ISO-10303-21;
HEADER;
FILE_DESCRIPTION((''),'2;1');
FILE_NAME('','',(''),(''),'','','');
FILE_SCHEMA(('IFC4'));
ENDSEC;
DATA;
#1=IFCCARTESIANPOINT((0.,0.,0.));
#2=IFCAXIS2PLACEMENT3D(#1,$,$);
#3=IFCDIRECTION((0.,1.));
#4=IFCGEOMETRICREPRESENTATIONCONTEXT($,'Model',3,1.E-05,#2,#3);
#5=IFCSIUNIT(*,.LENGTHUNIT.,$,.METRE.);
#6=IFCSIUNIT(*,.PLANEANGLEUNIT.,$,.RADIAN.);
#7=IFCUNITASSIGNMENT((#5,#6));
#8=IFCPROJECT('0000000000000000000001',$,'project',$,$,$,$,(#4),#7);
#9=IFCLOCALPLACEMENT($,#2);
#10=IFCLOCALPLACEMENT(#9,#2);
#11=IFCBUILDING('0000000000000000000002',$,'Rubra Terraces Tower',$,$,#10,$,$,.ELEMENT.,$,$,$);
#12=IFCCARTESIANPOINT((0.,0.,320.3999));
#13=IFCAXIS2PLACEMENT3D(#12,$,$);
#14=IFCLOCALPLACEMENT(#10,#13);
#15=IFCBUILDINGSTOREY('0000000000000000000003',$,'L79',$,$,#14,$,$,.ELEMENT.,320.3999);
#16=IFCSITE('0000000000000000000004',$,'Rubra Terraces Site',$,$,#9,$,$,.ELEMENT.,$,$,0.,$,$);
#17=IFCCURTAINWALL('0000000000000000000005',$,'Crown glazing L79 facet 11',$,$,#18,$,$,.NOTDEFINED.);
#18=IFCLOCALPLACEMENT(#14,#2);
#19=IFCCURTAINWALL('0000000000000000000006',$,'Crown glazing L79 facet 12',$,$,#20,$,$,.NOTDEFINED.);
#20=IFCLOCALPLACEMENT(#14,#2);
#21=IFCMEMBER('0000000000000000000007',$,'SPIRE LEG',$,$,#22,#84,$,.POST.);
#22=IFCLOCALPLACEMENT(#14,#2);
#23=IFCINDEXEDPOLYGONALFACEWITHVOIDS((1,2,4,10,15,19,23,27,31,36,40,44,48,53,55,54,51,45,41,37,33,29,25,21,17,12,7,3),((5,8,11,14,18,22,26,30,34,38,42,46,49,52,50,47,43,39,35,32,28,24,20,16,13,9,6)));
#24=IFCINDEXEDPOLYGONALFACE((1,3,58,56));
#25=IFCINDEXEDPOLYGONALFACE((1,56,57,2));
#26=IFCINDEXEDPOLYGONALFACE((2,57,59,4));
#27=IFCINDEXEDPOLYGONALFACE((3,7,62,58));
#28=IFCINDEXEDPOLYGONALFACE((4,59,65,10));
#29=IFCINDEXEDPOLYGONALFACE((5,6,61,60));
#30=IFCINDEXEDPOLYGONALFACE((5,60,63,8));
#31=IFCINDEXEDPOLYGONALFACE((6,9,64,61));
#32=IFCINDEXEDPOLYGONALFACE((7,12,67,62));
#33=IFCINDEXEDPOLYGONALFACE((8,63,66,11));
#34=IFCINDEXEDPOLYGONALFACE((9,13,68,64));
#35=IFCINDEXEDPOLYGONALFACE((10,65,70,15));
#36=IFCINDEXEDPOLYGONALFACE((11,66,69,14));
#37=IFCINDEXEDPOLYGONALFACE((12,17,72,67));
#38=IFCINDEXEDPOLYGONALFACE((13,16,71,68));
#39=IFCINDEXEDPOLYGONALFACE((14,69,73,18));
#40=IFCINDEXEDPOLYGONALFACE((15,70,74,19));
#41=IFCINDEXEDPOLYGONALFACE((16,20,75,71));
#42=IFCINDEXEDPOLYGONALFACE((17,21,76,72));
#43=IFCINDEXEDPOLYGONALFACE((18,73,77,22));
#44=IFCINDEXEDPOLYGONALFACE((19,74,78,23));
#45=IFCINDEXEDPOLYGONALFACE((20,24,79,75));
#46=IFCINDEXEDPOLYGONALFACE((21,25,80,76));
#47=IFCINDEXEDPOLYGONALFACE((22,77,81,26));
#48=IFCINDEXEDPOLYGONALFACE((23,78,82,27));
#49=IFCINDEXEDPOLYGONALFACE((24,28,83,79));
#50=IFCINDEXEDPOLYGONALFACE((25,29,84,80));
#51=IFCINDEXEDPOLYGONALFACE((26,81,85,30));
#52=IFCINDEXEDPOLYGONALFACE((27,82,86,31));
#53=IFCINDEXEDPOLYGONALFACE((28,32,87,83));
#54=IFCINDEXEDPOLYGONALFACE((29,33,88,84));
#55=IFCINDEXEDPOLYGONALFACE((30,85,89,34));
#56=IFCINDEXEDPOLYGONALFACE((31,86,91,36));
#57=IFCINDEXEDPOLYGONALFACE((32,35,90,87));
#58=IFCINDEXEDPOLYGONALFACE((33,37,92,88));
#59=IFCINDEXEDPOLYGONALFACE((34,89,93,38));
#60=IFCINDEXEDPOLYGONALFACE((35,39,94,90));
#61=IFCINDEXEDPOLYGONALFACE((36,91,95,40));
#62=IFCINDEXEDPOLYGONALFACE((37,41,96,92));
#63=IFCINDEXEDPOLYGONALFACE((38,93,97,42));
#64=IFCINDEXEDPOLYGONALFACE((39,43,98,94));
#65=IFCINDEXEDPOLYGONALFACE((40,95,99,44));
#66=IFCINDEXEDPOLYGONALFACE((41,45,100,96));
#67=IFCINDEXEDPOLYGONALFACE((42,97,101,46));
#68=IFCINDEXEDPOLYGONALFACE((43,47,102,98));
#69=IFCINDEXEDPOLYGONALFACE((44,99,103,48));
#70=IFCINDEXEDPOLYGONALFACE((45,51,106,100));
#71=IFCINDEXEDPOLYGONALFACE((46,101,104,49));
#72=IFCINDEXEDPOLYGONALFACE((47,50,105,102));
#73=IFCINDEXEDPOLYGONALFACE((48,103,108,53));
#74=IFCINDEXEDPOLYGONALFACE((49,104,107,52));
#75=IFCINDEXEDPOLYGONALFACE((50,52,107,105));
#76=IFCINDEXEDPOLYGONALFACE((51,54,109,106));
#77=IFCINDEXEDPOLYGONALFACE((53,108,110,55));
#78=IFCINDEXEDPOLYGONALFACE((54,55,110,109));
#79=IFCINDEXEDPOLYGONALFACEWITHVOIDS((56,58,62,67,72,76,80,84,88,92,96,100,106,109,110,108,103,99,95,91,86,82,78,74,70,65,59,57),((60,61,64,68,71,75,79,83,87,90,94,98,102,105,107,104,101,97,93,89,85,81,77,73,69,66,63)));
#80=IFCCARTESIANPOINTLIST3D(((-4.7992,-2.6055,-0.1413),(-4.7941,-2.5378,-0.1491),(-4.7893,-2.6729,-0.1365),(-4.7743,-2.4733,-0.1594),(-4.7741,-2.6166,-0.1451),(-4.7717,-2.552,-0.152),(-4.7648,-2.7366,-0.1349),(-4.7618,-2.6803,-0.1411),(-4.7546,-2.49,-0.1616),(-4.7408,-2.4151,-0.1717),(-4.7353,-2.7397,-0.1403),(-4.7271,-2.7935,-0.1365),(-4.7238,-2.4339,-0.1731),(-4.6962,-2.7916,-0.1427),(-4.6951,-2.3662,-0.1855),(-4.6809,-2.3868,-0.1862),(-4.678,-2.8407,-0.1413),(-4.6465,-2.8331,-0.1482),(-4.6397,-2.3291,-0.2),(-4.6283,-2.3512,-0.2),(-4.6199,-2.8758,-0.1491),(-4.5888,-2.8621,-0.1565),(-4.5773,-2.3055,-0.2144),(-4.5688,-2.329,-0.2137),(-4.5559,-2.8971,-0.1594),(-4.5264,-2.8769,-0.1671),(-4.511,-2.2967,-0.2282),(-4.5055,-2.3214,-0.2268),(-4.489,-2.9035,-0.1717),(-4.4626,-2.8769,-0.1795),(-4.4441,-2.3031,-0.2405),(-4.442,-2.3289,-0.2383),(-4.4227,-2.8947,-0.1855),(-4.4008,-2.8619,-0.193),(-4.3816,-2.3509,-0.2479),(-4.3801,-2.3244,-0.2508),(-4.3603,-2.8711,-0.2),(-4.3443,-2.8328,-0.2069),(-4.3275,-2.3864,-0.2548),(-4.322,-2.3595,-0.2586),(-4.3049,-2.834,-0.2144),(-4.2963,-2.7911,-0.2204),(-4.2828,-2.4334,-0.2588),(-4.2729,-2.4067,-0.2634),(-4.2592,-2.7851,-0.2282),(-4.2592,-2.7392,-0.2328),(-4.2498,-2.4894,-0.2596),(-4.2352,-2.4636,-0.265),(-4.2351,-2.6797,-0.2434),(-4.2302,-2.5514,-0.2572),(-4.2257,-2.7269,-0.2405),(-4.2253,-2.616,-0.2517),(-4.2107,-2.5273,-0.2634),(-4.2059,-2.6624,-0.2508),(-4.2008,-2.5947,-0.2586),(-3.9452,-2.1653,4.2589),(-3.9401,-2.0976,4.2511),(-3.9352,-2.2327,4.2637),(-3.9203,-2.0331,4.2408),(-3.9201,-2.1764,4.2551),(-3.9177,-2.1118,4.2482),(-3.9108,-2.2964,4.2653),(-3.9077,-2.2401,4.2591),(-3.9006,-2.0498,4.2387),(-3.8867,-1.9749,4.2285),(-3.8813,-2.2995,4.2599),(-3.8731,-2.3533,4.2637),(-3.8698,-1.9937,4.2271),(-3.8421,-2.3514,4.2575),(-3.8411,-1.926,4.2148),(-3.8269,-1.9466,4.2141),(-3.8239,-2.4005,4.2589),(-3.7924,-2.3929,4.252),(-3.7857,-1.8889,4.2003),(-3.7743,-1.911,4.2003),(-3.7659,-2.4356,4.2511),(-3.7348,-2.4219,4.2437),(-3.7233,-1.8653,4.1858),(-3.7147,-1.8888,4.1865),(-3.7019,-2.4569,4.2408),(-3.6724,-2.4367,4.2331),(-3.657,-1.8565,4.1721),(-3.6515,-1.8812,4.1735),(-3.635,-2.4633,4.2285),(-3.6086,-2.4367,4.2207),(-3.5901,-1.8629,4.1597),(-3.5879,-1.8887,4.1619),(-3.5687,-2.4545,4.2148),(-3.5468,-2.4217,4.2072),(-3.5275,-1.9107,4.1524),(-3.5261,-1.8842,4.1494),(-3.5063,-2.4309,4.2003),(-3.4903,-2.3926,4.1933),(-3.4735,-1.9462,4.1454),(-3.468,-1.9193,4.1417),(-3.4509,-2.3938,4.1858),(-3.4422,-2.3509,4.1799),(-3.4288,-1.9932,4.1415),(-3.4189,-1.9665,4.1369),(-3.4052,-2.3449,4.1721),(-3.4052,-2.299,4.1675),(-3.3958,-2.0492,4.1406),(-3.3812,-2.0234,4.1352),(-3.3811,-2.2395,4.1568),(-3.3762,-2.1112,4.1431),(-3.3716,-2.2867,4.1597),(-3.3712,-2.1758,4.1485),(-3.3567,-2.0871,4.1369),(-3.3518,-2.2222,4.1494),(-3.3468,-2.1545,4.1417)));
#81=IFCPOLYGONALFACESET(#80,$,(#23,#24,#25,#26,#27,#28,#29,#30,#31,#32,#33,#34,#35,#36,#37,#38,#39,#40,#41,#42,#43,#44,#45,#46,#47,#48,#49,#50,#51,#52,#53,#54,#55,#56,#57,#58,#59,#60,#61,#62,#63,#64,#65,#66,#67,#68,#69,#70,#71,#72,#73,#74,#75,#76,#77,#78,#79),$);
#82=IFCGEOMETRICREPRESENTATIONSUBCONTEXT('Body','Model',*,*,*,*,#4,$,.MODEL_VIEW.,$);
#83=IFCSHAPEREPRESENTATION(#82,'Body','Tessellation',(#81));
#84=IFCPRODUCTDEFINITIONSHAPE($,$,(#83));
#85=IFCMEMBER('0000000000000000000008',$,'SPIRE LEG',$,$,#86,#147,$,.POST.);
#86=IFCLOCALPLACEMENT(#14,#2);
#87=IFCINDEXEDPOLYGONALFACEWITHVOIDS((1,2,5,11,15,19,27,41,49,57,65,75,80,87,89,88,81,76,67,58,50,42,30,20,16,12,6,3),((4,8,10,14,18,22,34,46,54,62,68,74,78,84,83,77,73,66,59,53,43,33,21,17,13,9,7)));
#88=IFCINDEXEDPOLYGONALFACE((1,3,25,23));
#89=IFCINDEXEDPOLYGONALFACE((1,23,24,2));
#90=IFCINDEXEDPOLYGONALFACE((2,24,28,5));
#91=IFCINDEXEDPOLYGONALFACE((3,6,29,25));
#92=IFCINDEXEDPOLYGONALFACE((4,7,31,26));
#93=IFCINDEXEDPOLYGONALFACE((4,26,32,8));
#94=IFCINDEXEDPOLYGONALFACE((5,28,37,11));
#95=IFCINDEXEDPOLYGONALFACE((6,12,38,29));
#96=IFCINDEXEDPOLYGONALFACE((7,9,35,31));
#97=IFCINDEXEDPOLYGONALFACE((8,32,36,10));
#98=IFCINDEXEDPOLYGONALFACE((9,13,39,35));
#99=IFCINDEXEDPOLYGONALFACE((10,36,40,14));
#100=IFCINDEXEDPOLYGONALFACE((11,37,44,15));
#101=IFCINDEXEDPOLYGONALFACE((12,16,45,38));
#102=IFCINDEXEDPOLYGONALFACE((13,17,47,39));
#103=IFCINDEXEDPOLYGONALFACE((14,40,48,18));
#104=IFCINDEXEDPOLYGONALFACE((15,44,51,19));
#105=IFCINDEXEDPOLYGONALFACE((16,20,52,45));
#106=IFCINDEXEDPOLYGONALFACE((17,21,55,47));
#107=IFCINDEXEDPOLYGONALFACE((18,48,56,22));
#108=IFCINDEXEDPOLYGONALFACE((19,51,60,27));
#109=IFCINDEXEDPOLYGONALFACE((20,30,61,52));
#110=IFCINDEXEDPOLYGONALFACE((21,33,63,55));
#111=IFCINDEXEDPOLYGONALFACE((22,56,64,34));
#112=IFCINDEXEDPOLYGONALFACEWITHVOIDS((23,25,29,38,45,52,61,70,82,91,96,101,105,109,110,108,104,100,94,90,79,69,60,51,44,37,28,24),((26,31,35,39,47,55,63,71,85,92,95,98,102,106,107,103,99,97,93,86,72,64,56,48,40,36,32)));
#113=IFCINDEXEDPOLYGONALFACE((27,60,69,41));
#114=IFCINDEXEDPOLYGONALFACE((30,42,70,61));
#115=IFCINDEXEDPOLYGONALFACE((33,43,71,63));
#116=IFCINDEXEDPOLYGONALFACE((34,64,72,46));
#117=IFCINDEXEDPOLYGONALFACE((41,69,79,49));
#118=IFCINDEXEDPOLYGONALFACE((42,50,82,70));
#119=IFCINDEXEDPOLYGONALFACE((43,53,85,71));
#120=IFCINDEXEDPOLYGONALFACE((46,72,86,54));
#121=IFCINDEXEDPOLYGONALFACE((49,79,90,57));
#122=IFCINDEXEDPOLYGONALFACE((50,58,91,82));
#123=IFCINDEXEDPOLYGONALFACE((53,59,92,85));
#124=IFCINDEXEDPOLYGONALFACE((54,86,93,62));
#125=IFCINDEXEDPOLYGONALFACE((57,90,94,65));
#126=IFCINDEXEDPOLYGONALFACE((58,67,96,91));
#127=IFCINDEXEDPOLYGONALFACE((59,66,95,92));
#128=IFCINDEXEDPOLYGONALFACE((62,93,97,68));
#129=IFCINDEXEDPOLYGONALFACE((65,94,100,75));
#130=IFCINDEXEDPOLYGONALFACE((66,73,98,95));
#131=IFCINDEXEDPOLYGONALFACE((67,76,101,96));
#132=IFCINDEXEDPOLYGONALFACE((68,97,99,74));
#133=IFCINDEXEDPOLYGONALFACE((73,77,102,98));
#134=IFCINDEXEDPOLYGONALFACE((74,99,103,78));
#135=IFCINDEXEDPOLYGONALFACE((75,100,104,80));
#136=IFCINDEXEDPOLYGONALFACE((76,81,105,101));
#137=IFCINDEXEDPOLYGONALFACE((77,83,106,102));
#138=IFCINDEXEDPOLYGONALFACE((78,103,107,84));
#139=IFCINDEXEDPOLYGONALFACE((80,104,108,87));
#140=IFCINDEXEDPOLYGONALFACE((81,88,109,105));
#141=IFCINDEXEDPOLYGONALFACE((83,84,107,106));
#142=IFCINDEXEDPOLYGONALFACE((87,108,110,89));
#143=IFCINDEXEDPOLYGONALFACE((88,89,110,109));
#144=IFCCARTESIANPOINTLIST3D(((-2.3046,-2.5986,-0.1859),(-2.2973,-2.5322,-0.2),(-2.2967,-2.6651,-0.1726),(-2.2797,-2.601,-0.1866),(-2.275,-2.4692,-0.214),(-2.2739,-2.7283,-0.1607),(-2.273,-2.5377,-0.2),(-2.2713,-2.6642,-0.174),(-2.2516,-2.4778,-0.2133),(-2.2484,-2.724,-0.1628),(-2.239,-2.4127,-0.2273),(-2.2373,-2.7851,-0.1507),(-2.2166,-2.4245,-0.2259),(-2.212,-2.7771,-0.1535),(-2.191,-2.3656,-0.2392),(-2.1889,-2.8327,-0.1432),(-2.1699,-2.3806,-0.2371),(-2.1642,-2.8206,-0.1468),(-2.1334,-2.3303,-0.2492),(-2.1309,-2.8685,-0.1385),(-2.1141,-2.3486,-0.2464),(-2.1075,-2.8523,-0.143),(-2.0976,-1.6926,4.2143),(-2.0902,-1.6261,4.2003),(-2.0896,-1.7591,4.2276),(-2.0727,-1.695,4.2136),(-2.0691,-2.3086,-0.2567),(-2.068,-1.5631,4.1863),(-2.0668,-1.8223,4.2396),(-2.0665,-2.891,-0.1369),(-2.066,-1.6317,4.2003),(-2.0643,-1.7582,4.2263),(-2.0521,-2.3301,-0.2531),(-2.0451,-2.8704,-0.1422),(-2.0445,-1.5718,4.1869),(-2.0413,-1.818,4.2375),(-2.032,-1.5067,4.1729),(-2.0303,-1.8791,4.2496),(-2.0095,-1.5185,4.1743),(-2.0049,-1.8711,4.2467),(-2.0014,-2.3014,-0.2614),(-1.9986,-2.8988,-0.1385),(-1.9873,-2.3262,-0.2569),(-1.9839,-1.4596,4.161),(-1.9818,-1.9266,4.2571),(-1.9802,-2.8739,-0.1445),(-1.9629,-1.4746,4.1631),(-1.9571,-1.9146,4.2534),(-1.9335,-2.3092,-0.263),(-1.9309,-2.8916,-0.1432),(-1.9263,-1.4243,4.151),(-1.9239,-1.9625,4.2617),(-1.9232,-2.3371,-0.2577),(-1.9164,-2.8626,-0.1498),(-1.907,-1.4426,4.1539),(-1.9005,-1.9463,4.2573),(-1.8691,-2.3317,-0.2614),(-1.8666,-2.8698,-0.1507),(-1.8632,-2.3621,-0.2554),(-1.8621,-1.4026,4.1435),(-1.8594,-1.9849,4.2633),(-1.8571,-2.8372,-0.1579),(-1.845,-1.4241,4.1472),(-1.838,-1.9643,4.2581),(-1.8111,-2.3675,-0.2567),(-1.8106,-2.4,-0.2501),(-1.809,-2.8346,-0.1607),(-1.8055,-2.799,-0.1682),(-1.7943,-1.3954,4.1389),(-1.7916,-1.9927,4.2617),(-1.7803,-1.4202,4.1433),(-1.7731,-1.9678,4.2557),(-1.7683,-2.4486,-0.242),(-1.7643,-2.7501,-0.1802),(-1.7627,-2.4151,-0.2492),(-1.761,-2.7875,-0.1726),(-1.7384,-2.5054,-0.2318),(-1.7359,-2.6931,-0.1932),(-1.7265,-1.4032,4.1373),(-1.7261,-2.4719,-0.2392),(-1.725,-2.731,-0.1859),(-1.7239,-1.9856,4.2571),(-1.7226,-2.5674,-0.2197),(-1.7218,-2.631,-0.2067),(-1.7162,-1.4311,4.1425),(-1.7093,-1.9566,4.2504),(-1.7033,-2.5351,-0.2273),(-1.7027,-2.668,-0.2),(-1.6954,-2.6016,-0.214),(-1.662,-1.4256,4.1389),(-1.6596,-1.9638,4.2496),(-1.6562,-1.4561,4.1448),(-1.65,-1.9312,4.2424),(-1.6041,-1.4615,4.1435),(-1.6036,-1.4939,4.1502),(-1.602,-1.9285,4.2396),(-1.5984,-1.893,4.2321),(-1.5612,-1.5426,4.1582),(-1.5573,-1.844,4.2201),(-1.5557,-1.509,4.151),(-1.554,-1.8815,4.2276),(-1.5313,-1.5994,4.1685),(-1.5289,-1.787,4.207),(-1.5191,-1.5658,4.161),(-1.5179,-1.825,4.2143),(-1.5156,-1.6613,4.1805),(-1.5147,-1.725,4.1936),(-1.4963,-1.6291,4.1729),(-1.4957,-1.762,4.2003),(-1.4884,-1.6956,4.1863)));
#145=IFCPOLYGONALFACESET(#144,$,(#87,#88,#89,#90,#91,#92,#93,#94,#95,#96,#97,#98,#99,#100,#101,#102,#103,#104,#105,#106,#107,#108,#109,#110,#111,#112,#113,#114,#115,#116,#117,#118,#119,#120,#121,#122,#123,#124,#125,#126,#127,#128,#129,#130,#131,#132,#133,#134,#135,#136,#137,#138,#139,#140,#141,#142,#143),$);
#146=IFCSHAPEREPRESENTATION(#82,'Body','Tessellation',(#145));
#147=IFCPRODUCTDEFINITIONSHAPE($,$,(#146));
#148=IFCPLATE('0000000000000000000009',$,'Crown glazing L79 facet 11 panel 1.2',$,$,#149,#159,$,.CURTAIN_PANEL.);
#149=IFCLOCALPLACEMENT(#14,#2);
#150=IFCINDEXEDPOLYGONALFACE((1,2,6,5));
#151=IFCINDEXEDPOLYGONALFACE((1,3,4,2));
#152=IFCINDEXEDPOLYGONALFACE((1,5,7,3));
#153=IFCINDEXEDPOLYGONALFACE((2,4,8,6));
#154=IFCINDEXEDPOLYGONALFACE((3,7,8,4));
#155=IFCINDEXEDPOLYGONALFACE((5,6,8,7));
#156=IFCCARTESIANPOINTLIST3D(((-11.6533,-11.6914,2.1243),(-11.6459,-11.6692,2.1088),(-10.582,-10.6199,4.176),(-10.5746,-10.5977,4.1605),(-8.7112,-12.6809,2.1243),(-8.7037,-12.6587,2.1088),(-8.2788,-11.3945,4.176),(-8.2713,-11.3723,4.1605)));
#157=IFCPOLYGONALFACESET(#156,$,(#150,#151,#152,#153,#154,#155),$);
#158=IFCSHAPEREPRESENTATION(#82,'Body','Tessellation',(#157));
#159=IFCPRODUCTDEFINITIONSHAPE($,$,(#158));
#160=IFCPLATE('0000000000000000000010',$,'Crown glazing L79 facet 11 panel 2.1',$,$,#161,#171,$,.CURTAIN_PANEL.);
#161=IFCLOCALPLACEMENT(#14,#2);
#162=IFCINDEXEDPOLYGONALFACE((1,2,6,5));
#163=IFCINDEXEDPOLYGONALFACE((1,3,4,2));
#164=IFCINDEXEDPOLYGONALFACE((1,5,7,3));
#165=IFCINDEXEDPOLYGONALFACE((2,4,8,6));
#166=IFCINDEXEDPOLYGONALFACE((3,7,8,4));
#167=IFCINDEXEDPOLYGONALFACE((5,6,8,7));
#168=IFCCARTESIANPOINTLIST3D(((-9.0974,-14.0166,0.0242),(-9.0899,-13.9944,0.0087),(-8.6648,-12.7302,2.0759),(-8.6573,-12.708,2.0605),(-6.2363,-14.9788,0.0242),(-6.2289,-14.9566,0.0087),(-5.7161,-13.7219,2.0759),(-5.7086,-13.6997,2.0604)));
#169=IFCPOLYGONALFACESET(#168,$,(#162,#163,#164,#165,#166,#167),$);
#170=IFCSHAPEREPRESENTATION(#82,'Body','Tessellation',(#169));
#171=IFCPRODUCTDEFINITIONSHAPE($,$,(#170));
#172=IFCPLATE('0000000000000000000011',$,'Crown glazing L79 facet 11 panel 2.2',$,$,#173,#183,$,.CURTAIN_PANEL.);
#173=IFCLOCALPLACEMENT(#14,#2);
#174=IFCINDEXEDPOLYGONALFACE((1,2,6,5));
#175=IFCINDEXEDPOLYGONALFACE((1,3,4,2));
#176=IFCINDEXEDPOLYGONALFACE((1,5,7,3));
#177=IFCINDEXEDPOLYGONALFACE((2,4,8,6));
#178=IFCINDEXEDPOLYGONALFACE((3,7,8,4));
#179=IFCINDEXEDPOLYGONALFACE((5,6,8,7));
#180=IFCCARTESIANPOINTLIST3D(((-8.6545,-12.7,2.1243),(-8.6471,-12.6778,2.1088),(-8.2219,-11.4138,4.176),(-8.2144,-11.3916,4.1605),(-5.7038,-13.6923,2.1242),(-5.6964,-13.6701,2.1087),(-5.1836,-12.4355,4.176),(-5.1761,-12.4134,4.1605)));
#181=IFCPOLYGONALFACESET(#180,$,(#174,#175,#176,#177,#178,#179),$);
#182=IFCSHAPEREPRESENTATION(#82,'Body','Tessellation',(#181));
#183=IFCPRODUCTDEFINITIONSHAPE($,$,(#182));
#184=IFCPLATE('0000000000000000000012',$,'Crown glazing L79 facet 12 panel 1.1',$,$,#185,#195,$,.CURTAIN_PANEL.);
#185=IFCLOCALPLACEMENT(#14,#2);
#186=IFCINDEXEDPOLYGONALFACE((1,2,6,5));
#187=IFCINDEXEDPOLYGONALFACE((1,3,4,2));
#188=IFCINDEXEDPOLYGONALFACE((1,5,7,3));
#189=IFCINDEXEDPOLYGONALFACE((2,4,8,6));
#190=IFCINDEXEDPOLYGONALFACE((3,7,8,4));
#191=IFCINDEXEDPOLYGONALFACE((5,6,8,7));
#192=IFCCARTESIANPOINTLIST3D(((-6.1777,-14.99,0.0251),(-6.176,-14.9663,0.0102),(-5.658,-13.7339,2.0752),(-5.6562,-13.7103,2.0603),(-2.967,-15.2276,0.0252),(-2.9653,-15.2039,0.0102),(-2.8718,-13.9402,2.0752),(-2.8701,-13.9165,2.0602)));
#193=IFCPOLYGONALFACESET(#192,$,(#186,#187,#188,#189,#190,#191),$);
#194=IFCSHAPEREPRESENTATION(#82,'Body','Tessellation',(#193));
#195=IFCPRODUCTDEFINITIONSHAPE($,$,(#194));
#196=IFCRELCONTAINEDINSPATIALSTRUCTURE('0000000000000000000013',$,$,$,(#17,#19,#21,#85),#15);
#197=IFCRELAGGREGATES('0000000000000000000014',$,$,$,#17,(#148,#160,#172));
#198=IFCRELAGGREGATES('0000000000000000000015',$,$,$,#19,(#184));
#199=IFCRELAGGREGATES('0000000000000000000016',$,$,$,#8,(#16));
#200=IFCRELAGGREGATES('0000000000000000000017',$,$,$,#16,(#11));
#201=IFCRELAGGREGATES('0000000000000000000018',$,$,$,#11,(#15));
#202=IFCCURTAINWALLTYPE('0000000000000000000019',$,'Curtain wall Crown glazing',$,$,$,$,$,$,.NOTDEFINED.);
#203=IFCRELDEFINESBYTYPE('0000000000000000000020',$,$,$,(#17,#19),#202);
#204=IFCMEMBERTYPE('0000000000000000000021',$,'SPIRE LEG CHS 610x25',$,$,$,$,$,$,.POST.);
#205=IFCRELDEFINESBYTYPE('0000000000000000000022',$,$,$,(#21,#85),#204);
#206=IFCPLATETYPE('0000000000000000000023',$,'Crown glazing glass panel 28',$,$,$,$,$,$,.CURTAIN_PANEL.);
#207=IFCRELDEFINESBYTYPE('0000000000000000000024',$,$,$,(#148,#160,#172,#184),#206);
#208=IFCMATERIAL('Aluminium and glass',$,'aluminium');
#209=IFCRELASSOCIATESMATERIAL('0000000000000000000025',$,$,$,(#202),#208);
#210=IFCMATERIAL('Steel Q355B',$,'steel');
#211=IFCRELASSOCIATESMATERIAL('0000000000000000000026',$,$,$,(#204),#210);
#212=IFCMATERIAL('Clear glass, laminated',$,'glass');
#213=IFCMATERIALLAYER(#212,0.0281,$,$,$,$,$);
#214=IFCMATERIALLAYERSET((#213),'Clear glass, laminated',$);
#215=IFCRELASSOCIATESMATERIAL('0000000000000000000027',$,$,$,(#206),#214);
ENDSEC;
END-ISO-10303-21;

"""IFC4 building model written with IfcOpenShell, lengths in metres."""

from ifc_helpers import new_model, si_unit, direction, frame, origin, origin_2d, place, context, subcontext, project, spatial, polyline, hollow_circle, outline, extrude, material, layer, layer_set, material_profile, profile_set, type_object, element, aggregate, save


model = new_model("IFC4")

# Units and contexts
model_context = context("Model", 3, precision=1e-05, world=origin(), true_north=direction((0.0, 1.0)))
body_context = subcontext(model_context, "Body", "Model", "MODEL_VIEW")
ifc_project = project(units=[si_unit("LENGTHUNIT", "METRE"), si_unit("PLANEANGLEUNIT", "RADIAN")], contexts=[model_context])

# Site, building, storey
site_placement = place(None, origin())
site = spatial("IfcSite", under=ifc_project, at=site_placement, Name="Rubra Terraces Site", CompositionType="ELEMENT", RefElevation=0.0)
building_placement = place(site_placement, origin())
building = spatial("IfcBuilding", under=site, at=building_placement, Name="Rubra Terraces Tower", CompositionType="ELEMENT")
storey_placement = place(building_placement, frame((0.0, 0.0, 320.3999)))
storey = spatial("IfcBuildingStorey", under=building, at=storey_placement, Name="L79", CompositionType="ELEMENT", Elevation=320.3999)

# Shared definitions
ifc_material_1 = material(Name="Steel Q355B", Category="steel")

# Curtain wall
ifc_material_2 = material(Name="Aluminium and glass", Category="aluminium")
curtain_wall_type = type_object("IfcCurtainWallType", Name="Curtain wall Crown glazing", PredefinedType="NOTDEFINED", material=ifc_material_2)
curtain_wall_1_placement = place(storey_placement, origin())
curtain_wall_1 = element("IfcCurtainWall", 1, at=curtain_wall_1_placement, inside=storey, type_object=curtain_wall_type, Name="Crown glazing L79 facet 11", PredefinedType="NOTDEFINED")

# Curtain wall
curtain_wall_2_placement = place(storey_placement, origin())
curtain_wall_2 = element("IfcCurtainWall", 2, at=curtain_wall_2_placement, inside=storey, type_object=curtain_wall_type, Name="Crown glazing L79 facet 12", PredefinedType="NOTDEFINED")

# Members
ifc_material_profile_1 = material_profile(ifc_material_1, hollow_circle(Radius=0.3049, WallThickness=0.0249, at=origin_2d()), Name="CHS 610x25")
ifc_profile_set_1 = profile_set([ifc_material_profile_1], Name="Steel Q355B")
member_type_1 = type_object("IfcMemberType", Name="SPIRE LEG CHS 610x25", PredefinedType="POST", material=ifc_profile_set_1)
member_1_placement = place(storey_placement, frame((-4.5, -2.6001, -0.2), z_axis=(0.189618, 0.097736, 0.976981), x_axis=(-0.458157, 0.888871, 0.0)))
element("IfcMember", 3, at=member_1_placement, inside=storey, type_object=member_type_1, Name="SPIRE LEG", PredefinedType="POST", context=body_context, shape_type="SweptSolid", body=[
    extrude(hollow_circle(Radius=0.3049, WallThickness=0.0249, at=origin_2d()), origin(), (0.0, 0.0, 1.0), 4.5039),
])
member_2_placement = place(storey_placement, frame((-2.0, -2.6001, -0.2), z_axis=(0.046035, 0.201459, 0.978415), x_axis=(-0.974872, 0.222768, 0.0)))
element("IfcMember", 4, at=member_2_placement, inside=storey, type_object=member_type_1, Name="SPIRE LEG", PredefinedType="POST", context=body_context, shape_type="SweptSolid", body=[
    extrude(hollow_circle(Radius=0.3049, WallThickness=0.0249, at=origin_2d()), origin(), (0.0, 0.0, 1.0), 4.4973),
])

# Plates
ifc_material_3 = material(Name="Clear glass, laminated", Category="glass")
ifc_layer_1 = layer(ifc_material_3, 0.0281)
ifc_layer_set_1 = layer_set([ifc_layer_1], Name="Clear glass, laminated")
plate_type = type_object("IfcPlateType", Name="Crown glazing glass panel 28", PredefinedType="CURTAIN_PANEL", material=ifc_layer_set_1)
plate_1_placement = place(storey_placement, frame((-11.6533, -11.6914, 2.1243), z_axis=(-0.265881, -0.790542, 0.551679), x_axis=(0.947829, -0.318779, 0.000003)))
plate_1 = element("IfcPlate", 5, at=plate_1_placement, type_object=plate_type, Name="Crown glazing L79 facet 11 panel 1.2", PredefinedType="CURTAIN_PANEL", context=body_context, shape_type="SweptSolid", body=[
    extrude(outline(polyline([(0.0, 0.0), (3.1041, 0.0), (3.1038, 2.46), (0.6738, 2.46), (0.0, 0.0)])), origin(), (0.0, 0.0, -1.0), 0.0281),
])
plate_2_placement = place(storey_placement, frame((-9.0974, -14.0166, 0.0242), z_axis=(-0.265862, -0.790544, 0.551687), x_axis=(0.947837, -0.318757, 0.000005)))
plate_2 = element("IfcPlate", 6, at=plate_2_placement, type_object=plate_type, Name="Crown glazing L79 facet 11 panel 2.1", PredefinedType="CURTAIN_PANEL", context=body_context, shape_type="SweptSolid", body=[
    extrude(outline(polyline([(0.0, 0.0), (3.0185, 0.0), (3.111, 2.46), (0.0, 2.46), (0.0, 0.0)])), origin(), (0.0, 0.0, -1.0), 0.0281),
])
plate_3_placement = place(storey_placement, frame((-8.6545, -12.7, 2.1243), z_axis=(-0.265873, -0.790562, 0.551654), x_axis=(0.947831, -0.318773, -0.000013)))
plate_3 = element("IfcPlate", 7, at=plate_3_placement, type_object=plate_type, Name="Crown glazing L79 facet 11 panel 2.2", PredefinedType="CURTAIN_PANEL", context=body_context, shape_type="SweptSolid", body=[
    extrude(outline(polyline([(0.0, 0.0), (3.1131, 0.0), (3.2056, 2.46), (0.0, 2.4599), (0.0, 0.0)])), origin(), (0.0, 0.0, -1.0), 0.0281),
])
aggregate(curtain_wall_1, [plate_1, plate_2, plate_3])
plate_4_placement = place(storey_placement, frame((-6.1777, -14.99, 0.0251), z_axis=(-0.062459, -0.84389, 0.532868), x_axis=(0.997273, -0.073804, 0.000012)))
plate_4 = element("IfcPlate", 8, at=plate_4_placement, type_object=plate_type, Name="Crown glazing L79 facet 12 panel 1.1", PredefinedType="CURTAIN_PANEL", context=body_context, shape_type="SweptSolid", body=[
    extrude(outline(polyline([(0.0, 0.0), (3.2195, 0.0), (3.2194, 2.4226), (0.4257, 2.4227), (0.0, 0.0)])), origin(), (0.0, 0.0, -1.0), 0.0281),
])
aggregate(curtain_wall_2, [plate_4])

save(model, "model.ifc")
